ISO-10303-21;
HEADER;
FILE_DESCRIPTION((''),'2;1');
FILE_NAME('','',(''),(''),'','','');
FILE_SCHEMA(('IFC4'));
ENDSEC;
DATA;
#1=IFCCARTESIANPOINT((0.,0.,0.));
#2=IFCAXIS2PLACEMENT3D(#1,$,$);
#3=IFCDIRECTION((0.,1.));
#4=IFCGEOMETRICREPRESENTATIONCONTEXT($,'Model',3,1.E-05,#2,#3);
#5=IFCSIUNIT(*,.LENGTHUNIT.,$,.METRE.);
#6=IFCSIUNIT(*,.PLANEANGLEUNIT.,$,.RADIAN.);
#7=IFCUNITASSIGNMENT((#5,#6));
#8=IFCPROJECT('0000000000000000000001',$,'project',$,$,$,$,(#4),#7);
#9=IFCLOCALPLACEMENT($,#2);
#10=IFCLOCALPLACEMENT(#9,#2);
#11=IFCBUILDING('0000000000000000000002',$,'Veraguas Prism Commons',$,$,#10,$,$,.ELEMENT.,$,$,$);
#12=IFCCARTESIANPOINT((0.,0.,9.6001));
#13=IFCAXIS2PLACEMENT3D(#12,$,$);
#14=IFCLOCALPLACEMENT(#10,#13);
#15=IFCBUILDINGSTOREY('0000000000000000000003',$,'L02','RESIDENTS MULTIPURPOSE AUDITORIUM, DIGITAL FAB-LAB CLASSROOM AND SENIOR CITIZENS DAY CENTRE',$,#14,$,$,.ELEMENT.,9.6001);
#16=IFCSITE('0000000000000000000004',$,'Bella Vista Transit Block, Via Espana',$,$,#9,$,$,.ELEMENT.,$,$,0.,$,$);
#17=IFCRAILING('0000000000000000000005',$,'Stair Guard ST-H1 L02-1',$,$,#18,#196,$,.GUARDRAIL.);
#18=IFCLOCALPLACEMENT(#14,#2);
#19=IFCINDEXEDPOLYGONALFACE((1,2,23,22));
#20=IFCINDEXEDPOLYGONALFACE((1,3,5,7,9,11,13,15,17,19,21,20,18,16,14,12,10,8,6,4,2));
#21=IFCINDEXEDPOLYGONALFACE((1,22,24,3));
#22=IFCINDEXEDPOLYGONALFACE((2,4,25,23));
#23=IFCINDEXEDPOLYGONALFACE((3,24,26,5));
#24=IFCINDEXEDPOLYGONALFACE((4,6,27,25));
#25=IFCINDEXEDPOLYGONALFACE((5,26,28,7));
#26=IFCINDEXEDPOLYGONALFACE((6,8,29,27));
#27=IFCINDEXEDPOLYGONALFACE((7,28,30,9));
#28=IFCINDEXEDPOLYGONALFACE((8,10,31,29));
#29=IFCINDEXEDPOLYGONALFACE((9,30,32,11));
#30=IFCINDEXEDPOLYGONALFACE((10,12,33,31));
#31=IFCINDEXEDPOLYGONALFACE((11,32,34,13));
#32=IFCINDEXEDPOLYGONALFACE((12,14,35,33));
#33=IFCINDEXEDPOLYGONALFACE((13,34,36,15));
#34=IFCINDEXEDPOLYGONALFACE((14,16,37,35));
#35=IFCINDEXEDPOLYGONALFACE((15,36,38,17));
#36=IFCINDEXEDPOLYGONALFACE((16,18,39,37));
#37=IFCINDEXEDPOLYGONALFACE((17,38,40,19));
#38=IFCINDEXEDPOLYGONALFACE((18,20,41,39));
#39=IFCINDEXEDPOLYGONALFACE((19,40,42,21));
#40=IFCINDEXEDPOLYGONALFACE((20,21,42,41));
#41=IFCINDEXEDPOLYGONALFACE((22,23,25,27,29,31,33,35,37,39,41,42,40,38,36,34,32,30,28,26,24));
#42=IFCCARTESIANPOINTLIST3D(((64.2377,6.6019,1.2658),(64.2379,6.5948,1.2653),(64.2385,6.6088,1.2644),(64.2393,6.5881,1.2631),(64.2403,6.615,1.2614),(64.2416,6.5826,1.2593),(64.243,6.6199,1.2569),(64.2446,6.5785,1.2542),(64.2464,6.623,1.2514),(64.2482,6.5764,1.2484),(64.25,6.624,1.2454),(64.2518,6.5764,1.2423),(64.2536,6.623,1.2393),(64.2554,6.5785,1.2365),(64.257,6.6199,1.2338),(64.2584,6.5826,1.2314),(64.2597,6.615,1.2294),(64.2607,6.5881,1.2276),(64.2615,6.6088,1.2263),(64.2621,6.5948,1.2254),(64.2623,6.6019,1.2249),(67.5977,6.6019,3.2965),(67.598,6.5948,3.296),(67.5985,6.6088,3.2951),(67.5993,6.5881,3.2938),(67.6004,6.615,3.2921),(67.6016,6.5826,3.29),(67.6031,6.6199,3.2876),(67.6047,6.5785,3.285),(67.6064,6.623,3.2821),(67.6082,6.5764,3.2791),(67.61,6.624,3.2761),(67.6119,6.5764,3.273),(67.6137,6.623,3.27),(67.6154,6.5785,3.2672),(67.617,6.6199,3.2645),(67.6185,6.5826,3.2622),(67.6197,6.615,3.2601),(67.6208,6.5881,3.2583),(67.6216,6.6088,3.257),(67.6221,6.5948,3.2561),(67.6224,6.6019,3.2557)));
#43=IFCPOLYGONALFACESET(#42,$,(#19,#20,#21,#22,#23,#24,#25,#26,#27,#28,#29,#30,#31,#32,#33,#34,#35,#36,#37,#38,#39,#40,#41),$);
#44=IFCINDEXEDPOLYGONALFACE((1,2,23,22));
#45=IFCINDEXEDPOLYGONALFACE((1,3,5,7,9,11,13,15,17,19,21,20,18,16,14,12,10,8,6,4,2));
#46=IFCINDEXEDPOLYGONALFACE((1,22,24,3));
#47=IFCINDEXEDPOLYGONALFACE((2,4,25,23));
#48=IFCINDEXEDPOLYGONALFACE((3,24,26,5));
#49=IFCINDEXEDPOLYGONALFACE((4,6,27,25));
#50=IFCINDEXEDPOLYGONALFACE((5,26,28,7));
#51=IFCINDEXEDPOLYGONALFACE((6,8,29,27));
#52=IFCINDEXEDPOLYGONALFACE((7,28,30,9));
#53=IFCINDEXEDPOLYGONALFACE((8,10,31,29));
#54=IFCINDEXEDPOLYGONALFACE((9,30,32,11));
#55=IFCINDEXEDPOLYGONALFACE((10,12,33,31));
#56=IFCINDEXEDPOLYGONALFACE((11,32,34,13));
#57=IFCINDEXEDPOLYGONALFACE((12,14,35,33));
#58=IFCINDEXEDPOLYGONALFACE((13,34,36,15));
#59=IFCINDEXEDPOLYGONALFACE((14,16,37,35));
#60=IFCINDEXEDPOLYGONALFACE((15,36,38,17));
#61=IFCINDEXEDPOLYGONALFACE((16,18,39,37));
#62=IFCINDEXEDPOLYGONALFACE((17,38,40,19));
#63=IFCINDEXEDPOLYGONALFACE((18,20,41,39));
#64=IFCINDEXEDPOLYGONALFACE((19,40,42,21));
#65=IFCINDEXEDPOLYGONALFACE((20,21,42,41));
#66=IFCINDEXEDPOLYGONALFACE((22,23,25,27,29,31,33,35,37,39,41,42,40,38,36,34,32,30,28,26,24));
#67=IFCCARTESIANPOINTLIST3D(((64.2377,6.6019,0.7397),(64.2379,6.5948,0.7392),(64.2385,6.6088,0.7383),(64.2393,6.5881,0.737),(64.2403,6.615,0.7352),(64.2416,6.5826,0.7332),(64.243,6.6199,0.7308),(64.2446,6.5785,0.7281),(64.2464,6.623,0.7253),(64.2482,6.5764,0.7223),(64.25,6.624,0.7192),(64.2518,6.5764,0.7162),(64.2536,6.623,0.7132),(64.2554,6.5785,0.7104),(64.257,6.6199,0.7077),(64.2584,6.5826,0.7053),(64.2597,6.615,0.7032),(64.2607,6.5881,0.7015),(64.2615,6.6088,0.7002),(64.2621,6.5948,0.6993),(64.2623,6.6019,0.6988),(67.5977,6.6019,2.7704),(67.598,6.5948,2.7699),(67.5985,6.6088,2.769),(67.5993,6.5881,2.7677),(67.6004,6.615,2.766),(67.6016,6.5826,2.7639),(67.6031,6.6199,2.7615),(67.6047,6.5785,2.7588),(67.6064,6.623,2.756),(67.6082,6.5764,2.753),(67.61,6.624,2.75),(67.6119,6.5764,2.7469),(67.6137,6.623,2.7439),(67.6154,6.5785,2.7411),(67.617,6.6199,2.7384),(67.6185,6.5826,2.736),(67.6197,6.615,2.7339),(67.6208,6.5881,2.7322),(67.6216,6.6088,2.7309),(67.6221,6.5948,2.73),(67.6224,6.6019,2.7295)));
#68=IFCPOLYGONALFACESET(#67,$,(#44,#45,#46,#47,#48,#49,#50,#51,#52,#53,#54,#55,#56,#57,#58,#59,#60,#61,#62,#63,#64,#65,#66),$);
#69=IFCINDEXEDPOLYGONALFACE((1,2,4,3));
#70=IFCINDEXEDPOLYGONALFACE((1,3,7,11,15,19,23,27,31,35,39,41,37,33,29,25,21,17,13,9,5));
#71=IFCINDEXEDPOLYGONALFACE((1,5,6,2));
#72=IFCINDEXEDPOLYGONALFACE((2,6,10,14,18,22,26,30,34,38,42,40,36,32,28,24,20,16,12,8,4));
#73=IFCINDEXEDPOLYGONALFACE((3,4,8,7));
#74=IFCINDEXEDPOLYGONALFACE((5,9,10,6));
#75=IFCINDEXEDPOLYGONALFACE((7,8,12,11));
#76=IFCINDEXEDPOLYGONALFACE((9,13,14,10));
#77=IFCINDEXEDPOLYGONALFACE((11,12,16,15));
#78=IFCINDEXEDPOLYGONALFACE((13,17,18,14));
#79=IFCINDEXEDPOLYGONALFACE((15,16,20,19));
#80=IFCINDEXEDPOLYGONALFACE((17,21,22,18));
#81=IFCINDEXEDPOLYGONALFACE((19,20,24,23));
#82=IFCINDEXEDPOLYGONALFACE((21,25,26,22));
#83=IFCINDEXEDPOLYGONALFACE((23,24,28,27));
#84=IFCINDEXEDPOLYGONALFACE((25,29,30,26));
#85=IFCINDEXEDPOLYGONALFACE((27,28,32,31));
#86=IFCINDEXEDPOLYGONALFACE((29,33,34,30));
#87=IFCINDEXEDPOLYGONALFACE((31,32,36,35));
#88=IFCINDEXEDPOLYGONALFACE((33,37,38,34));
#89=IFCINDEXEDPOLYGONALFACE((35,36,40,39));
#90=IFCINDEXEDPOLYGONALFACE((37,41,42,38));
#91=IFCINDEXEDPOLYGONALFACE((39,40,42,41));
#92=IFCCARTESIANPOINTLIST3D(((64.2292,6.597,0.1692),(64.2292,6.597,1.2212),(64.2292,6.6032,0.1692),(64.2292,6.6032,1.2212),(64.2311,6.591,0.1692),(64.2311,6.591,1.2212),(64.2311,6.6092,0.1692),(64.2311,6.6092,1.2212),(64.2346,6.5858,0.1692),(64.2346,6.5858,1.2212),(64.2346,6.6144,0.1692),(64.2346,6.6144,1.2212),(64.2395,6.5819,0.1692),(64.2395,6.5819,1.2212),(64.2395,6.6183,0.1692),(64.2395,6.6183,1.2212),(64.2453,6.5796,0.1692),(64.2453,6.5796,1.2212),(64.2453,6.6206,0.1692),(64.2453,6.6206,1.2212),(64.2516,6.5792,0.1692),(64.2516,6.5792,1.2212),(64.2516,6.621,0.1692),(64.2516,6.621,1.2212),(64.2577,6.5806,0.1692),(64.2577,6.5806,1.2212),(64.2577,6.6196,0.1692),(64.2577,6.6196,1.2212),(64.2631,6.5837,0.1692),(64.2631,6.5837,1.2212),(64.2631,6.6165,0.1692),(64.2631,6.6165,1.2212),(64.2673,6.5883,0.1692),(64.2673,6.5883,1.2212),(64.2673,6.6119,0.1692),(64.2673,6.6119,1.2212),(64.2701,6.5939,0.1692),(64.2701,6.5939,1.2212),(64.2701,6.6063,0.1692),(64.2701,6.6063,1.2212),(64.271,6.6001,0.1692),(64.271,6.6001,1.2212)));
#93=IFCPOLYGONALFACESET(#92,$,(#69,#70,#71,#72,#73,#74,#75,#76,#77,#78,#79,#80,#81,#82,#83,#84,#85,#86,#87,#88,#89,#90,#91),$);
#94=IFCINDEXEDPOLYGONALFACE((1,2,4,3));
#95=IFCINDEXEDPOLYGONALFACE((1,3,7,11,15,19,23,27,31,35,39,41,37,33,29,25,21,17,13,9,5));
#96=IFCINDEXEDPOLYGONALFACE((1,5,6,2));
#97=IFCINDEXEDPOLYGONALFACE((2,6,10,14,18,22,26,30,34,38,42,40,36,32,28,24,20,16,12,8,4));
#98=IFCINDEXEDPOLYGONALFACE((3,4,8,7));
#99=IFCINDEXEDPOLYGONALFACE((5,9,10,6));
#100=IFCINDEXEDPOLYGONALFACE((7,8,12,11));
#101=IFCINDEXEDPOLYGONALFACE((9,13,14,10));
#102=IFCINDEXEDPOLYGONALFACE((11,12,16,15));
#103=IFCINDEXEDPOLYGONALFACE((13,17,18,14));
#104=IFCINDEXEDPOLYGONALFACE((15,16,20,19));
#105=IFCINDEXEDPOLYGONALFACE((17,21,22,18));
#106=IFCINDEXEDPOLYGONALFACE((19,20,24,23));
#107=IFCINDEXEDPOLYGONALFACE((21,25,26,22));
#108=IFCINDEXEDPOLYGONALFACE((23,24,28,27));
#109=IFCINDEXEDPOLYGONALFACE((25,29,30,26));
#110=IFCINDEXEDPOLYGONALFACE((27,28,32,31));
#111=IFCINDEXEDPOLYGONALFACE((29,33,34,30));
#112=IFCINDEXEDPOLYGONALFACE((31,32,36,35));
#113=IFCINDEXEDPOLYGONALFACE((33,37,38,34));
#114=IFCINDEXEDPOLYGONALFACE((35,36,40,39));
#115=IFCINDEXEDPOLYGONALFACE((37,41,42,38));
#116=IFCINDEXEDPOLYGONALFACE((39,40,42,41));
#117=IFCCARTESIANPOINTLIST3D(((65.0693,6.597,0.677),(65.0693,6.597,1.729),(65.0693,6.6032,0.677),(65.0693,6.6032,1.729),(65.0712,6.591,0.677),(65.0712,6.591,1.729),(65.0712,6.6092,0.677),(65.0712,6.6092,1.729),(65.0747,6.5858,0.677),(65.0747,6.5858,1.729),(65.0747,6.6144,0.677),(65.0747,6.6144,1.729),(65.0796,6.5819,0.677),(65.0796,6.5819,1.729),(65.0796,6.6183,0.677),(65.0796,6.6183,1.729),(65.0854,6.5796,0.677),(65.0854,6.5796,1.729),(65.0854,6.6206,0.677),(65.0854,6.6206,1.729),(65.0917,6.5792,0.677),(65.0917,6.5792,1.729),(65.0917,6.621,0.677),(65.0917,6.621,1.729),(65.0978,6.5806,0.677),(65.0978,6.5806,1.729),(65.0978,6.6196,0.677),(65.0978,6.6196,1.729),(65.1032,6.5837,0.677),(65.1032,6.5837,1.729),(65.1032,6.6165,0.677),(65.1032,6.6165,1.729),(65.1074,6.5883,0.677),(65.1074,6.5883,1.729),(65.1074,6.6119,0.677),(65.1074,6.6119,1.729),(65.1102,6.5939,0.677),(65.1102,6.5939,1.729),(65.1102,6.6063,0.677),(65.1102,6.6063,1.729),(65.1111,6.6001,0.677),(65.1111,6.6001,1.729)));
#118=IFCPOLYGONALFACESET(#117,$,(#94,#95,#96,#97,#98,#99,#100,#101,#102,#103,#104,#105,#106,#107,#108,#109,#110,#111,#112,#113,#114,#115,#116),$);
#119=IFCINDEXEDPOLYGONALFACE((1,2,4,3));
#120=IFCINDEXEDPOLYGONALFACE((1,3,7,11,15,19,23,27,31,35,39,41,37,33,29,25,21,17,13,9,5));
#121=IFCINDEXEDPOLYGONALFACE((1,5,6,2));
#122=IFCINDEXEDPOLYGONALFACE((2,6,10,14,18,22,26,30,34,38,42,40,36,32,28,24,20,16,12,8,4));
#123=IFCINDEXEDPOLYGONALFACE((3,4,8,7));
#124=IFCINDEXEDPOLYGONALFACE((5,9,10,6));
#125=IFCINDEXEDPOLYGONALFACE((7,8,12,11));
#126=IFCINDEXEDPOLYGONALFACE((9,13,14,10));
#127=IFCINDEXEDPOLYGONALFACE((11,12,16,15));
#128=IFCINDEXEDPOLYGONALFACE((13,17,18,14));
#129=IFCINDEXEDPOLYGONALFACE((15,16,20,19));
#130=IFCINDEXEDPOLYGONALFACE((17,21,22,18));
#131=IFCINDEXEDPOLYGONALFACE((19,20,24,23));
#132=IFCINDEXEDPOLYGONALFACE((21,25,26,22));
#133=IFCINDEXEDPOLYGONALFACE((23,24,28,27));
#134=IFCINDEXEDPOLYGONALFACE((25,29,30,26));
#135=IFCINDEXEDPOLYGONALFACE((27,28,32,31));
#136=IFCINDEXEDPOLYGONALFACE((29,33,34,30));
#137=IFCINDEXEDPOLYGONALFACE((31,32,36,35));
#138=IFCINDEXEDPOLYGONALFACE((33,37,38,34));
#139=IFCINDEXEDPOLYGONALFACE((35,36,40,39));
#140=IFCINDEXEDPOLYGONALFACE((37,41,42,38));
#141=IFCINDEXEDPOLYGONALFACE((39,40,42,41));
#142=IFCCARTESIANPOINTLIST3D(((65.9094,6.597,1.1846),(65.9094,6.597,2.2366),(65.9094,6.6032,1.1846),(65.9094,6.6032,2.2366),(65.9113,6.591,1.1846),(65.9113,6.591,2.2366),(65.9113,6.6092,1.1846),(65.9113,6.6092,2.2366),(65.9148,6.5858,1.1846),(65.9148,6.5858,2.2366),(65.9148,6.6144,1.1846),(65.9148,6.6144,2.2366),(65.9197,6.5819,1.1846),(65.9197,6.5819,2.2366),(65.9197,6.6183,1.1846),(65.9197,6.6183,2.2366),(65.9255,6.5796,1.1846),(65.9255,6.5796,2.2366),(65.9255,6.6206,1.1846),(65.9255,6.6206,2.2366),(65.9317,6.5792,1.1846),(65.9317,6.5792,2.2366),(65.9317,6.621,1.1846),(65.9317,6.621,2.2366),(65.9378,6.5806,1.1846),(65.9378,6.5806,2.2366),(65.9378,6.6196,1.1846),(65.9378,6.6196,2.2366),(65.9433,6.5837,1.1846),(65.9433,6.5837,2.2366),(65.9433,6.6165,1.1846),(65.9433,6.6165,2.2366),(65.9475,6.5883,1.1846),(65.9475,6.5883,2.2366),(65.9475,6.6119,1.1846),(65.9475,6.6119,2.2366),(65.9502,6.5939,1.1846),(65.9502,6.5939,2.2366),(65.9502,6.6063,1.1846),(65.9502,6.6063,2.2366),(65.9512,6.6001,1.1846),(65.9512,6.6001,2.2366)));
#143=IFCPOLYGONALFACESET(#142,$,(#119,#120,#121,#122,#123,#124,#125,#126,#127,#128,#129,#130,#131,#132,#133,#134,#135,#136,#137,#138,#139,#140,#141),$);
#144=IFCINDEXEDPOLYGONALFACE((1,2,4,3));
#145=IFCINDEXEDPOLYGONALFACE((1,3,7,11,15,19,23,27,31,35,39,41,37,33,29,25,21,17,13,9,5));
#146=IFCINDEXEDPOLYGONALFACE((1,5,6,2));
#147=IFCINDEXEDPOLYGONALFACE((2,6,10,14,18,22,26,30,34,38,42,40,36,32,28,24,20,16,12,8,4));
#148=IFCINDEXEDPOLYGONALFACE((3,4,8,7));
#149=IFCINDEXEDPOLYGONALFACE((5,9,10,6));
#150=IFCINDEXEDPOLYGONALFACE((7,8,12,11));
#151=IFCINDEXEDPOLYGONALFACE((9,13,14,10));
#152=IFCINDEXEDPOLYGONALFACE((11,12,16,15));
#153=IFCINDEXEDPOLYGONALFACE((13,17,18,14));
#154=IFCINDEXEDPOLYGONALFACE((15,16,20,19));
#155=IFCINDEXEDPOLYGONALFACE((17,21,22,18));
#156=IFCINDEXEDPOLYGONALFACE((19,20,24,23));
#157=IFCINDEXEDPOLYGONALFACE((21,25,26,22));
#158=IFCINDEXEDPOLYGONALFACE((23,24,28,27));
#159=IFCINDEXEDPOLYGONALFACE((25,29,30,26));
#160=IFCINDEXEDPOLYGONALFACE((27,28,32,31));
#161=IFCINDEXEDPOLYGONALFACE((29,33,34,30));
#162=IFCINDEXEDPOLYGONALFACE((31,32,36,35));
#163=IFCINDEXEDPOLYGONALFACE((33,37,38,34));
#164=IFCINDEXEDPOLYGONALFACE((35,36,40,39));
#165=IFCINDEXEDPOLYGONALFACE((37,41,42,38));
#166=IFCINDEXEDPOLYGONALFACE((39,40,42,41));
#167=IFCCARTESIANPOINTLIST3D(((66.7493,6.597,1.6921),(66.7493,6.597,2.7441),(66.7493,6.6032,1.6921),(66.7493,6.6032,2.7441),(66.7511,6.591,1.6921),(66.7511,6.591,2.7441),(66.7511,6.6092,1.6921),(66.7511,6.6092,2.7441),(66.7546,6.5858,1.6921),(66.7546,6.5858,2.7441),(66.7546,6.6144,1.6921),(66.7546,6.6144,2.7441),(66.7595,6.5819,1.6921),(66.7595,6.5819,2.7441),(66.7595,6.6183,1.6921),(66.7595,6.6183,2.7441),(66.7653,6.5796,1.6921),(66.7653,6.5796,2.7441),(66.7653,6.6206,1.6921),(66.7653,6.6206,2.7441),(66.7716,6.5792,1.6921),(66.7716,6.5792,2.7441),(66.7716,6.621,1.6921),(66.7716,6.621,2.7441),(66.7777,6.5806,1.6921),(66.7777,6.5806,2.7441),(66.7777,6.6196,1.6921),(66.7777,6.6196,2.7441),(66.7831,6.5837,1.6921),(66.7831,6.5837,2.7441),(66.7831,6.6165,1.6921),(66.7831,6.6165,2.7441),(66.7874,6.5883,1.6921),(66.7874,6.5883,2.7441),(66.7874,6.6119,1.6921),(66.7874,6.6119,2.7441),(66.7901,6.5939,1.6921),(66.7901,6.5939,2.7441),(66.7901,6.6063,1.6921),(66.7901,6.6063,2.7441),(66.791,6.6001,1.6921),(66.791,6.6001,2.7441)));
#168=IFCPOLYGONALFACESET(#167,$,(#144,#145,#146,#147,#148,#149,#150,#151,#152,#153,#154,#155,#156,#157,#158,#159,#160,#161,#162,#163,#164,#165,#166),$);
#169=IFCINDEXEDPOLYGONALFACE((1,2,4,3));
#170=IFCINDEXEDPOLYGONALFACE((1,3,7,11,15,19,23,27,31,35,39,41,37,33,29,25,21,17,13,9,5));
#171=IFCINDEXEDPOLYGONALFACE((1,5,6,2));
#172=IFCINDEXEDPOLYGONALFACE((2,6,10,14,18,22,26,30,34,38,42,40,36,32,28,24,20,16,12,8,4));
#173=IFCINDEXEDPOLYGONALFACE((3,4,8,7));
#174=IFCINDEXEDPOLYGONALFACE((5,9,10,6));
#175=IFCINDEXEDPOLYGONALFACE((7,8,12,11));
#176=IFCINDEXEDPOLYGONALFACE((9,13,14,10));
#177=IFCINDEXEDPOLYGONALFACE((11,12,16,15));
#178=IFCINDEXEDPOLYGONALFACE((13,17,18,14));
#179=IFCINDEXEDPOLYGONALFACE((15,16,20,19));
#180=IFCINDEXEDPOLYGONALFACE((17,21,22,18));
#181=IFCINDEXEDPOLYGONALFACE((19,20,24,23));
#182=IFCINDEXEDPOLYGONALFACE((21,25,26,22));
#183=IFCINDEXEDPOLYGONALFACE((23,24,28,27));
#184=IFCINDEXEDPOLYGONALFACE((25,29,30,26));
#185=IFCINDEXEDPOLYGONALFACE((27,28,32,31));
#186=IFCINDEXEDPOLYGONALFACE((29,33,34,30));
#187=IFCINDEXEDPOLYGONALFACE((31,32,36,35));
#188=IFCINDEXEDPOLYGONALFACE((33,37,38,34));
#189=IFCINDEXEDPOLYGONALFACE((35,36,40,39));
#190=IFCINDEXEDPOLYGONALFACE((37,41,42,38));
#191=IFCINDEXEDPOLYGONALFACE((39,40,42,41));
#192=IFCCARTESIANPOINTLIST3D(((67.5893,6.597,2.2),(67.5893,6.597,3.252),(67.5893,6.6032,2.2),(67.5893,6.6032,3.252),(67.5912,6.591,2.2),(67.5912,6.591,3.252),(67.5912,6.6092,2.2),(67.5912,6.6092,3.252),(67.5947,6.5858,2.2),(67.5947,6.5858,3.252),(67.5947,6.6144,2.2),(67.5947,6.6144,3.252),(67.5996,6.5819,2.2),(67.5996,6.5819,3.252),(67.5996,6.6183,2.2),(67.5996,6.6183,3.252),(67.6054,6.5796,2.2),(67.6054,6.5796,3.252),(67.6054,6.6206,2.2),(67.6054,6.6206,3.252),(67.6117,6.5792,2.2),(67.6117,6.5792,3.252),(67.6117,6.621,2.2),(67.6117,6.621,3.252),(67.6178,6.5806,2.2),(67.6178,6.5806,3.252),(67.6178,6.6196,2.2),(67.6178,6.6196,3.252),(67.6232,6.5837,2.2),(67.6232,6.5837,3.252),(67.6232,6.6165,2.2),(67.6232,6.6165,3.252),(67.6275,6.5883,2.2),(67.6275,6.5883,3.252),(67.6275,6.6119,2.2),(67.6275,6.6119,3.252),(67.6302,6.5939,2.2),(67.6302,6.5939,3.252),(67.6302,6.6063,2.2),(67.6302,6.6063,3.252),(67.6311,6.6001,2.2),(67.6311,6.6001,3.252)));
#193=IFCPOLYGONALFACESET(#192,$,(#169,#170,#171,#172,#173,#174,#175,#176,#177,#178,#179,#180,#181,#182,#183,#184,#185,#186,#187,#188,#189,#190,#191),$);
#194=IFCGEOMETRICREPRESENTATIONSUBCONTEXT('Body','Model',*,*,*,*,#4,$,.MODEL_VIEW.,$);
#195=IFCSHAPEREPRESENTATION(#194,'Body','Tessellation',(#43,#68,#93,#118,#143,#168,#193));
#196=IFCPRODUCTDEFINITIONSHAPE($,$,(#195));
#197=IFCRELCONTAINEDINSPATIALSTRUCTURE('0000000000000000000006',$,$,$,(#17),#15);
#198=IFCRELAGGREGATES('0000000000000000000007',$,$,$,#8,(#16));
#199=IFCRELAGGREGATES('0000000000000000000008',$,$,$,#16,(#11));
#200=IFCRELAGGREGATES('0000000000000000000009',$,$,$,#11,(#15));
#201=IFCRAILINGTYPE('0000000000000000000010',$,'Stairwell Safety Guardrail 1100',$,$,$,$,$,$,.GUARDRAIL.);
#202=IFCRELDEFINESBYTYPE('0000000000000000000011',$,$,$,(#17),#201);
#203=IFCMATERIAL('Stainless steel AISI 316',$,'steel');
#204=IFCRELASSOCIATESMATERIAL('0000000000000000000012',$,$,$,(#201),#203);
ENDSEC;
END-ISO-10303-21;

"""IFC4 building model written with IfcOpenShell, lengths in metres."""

from ifc_helpers import new_model, si_unit, direction, frame, origin, origin_2d, place, context, subcontext, project, spatial, circle, extrude, material, type_object, element, save


model = new_model("IFC4")

# Units and contexts
model_context = context("Model", 3, precision=1e-05, world=origin(), true_north=direction((0.0, 1.0)))
body_context = subcontext(model_context, "Body", "Model", "MODEL_VIEW")
ifc_project = project(units=[si_unit("LENGTHUNIT", "METRE"), si_unit("PLANEANGLEUNIT", "RADIAN")], contexts=[model_context])

# Site, building, storey
site_placement = place(None, origin())
site = spatial("IfcSite", under=ifc_project, at=site_placement, Name="Bella Vista Transit Block, Via Espana", CompositionType="ELEMENT", RefElevation=0.0)
building_placement = place(site_placement, origin())
building = spatial("IfcBuilding", under=site, at=building_placement, Name="Veraguas Prism Commons", CompositionType="ELEMENT")
storey_placement = place(building_placement, frame((0.0, 0.0, 9.6001)))
storey = spatial("IfcBuildingStorey", under=building, at=storey_placement, Name="L02", Description="RESIDENTS MULTIPURPOSE AUDITORIUM, DIGITAL FAB-LAB CLASSROOM AND SENIOR CITIZENS DAY CENTRE", CompositionType="ELEMENT", Elevation=9.6001)

# Shared definitions
ifc_material_1 = material(Name="Stainless steel AISI 316", Category="steel")

# Railing
railing_type_1 = type_object("IfcRailingType", Name="Stairwell Safety Guardrail 1100", PredefinedType="GUARDRAIL", material=ifc_material_1)
railing_1_placement = place(storey_placement, frame((64.25, 6.6001, 0.1692)))
element("IfcRailing", 1, at=railing_1_placement, inside=storey, type_object=railing_type_1, Name="Stair Guard ST-H1 L02-1", PredefinedType="GUARDRAIL", context=body_context, shape_type="SweptSolid", body=[
    extrude(circle(Radius=0.0239, at=origin_2d()), frame((0.0, 0.0, 1.0762), z_axis=(0.855837, 0.0, 0.517246), x_axis=(0.0, 1.0, 0.0)), (0.0, 0.0, 1.0), 3.926),
    extrude(circle(Radius=0.0239, at=origin_2d()), frame((0.0, 0.0, 0.55), z_axis=(0.855837, 0.0, 0.517246), x_axis=(0.0, 1.0, 0.0)), (0.0, 0.0, 1.0), 3.926),
    extrude(circle(Radius=0.021, at=origin_2d()), origin(), (0.0, 0.0, 1.0), 1.052),
    extrude(circle(Radius=0.021, at=origin_2d()), frame((0.8401, 0.0, 0.5078)), (0.0, 0.0, 1.0), 1.052),
    extrude(circle(Radius=0.021, at=origin_2d()), frame((1.6802, 0.0, 1.0154)), (0.0, 0.0, 1.0), 1.052),
    extrude(circle(Radius=0.021, at=origin_2d()), frame((2.52, 0.0, 1.5229)), (0.0, 0.0, 1.0), 1.052),
    extrude(circle(Radius=0.021, at=origin_2d()), frame((3.3601, 0.0, 2.0308)), (0.0, 0.0, 1.0), 1.052),
])

save(model, "model.ifc")
